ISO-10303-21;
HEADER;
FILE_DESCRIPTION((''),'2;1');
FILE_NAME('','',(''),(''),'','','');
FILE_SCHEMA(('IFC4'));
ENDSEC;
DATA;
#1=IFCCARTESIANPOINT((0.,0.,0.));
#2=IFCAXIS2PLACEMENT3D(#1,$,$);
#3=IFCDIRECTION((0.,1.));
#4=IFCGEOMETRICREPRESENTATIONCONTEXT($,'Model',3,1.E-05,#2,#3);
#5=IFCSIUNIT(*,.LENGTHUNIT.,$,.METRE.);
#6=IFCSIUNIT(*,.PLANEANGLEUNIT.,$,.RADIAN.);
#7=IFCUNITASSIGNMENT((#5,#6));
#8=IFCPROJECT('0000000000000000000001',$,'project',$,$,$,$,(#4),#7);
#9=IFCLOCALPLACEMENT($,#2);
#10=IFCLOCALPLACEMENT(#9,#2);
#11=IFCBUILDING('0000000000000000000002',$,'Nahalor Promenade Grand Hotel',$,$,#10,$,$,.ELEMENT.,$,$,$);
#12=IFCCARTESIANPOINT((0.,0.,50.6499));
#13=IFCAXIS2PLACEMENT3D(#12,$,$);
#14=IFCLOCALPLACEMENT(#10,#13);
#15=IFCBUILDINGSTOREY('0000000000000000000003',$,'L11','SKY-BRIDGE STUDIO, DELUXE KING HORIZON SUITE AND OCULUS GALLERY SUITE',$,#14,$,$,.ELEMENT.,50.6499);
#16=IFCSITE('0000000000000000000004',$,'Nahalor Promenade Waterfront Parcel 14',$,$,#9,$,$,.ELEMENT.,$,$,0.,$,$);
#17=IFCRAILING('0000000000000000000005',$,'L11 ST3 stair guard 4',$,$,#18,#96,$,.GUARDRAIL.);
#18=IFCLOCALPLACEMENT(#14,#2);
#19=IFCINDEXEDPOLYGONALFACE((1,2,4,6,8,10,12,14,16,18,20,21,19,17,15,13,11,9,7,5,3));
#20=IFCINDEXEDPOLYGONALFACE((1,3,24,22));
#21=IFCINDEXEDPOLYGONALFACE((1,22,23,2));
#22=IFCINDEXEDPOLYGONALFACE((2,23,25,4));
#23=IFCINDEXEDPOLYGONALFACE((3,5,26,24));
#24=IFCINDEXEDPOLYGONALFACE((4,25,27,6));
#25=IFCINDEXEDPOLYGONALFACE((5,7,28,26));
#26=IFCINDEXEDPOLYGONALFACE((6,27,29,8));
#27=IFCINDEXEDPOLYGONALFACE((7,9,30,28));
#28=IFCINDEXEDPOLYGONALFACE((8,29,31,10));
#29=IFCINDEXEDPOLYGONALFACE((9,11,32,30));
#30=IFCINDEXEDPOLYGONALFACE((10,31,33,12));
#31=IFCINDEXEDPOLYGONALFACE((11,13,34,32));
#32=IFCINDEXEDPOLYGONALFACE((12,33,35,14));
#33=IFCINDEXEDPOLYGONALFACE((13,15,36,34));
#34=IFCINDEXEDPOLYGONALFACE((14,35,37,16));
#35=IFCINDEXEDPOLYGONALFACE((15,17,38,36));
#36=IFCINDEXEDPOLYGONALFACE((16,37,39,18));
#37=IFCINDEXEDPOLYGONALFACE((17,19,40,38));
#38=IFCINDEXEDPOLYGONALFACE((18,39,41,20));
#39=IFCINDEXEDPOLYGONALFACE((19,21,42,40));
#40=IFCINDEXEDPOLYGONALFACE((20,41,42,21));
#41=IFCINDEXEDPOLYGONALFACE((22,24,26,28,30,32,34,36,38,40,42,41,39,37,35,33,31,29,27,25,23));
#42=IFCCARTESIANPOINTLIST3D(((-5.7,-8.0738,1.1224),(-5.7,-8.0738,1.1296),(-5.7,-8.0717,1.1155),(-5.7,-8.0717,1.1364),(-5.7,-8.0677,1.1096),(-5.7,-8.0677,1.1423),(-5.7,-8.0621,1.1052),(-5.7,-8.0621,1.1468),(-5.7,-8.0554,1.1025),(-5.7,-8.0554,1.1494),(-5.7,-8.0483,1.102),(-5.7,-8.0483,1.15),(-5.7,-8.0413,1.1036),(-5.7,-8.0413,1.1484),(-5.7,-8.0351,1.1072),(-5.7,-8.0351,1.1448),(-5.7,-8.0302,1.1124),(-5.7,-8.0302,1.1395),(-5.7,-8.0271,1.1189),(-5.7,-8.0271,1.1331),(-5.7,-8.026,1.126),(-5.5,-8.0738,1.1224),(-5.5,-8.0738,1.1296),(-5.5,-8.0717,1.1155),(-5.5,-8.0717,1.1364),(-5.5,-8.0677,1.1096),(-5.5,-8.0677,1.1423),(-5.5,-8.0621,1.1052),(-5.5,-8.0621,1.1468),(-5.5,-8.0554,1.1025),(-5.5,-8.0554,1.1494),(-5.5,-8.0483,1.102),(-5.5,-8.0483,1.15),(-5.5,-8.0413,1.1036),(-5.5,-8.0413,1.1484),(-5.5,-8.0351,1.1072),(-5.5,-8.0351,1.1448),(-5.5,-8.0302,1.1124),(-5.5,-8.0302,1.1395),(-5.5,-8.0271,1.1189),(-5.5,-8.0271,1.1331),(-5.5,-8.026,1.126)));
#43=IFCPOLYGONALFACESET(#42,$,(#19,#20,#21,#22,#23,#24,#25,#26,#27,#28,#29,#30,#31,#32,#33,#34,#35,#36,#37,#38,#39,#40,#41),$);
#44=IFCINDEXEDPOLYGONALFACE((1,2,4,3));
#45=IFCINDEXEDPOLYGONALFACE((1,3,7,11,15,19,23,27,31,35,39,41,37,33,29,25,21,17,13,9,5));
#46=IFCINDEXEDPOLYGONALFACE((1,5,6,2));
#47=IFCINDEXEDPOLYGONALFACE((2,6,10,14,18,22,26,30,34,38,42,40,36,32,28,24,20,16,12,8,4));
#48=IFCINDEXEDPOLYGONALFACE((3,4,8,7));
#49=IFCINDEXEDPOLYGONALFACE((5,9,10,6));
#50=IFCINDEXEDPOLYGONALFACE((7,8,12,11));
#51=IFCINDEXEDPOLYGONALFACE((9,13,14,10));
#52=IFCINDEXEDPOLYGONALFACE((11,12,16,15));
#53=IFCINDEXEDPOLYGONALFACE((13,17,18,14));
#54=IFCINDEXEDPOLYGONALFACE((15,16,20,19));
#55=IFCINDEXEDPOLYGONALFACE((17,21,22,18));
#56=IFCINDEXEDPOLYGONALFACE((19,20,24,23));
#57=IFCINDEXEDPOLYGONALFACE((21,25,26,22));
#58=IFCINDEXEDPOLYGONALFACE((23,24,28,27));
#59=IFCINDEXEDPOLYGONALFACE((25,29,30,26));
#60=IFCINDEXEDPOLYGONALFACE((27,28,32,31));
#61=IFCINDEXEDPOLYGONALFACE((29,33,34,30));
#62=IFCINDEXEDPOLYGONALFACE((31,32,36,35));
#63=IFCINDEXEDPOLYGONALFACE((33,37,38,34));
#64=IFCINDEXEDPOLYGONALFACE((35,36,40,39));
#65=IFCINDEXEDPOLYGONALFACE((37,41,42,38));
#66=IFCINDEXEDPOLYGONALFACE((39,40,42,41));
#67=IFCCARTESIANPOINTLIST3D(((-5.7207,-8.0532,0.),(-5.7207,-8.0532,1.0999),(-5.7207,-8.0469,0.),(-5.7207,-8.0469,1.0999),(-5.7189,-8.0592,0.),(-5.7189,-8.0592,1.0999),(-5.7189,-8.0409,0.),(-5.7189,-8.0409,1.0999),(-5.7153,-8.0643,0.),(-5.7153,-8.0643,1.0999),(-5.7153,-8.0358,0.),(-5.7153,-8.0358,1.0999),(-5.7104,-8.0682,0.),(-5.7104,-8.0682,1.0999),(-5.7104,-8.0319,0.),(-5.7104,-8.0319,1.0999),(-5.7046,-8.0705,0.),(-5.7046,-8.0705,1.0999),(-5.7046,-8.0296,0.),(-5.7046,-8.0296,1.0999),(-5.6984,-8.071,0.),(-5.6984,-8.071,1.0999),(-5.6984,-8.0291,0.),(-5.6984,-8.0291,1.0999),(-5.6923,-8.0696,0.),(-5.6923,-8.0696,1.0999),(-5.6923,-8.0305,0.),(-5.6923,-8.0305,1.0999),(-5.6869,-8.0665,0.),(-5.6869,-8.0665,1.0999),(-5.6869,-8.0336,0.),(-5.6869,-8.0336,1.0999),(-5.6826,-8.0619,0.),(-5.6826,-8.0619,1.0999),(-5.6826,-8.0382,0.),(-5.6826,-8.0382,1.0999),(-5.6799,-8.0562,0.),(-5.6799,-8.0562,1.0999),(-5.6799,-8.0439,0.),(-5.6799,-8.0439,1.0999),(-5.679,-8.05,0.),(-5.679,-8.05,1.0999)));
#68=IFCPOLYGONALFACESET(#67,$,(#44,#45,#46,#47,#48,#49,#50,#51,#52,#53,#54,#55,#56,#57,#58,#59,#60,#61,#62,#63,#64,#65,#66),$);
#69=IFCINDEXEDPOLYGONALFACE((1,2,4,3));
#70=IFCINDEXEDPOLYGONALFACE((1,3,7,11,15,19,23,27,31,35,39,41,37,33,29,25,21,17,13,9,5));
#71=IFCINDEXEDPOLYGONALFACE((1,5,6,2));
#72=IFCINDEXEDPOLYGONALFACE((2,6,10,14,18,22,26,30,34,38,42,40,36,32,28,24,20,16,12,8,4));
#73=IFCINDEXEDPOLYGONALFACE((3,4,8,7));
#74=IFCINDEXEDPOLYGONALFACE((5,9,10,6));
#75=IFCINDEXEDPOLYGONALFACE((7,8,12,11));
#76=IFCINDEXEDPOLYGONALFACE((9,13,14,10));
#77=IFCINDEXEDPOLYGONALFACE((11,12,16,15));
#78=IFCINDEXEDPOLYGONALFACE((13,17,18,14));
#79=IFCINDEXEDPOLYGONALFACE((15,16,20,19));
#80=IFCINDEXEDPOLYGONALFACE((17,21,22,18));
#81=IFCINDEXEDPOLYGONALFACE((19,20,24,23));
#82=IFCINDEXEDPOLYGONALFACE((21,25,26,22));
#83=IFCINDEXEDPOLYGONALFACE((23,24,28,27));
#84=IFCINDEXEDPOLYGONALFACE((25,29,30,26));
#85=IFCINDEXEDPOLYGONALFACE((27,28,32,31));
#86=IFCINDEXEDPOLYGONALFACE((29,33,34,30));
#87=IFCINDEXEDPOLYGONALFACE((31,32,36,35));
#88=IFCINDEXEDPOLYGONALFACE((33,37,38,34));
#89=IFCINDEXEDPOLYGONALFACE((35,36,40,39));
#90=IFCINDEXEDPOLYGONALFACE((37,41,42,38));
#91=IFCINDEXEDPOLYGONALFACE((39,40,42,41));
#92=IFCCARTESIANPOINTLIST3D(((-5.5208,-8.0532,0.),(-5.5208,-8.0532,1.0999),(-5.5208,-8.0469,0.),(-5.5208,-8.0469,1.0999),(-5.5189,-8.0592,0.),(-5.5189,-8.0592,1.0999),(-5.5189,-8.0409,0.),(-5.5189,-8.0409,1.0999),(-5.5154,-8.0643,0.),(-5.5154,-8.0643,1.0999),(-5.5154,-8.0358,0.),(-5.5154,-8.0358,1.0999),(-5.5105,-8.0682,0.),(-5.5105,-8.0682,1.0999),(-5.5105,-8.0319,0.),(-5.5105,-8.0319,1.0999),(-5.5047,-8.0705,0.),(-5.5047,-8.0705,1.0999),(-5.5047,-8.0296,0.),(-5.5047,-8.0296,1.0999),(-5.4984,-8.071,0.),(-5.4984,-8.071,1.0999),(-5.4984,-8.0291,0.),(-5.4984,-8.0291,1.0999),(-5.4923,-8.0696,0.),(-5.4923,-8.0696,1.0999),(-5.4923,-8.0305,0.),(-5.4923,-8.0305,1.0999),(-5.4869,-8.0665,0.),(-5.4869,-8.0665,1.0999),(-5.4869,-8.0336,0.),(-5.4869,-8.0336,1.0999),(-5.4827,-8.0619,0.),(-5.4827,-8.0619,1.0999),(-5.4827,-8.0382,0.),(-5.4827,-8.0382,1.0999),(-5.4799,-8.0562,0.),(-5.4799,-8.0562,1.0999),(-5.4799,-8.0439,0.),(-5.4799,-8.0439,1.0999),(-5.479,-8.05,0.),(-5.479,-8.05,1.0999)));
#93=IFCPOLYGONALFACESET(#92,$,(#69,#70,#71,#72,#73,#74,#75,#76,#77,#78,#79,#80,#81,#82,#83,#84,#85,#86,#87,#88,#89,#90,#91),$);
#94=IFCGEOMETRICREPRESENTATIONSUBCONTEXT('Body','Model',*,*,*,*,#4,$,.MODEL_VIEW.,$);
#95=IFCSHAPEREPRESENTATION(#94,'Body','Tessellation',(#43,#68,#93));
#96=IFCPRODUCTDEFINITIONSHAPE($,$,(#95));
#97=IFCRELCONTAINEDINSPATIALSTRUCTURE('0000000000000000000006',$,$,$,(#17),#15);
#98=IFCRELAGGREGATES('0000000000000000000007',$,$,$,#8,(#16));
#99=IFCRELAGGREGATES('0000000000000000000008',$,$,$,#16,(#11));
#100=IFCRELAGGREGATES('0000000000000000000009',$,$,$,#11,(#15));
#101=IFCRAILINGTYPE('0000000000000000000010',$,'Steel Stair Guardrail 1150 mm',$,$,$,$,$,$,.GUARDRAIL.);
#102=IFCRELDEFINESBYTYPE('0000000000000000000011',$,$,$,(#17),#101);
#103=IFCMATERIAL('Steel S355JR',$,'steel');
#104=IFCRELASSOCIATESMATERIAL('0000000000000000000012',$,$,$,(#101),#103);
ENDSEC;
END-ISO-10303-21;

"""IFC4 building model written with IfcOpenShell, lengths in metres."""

from ifc_helpers import new_model, si_unit, direction, frame, origin, origin_2d, place, context, subcontext, project, spatial, circle, extrude, material, type_object, element, save


model = new_model("IFC4")

# Units and contexts
model_context = context("Model", 3, precision=1e-05, world=origin(), true_north=direction((0.0, 1.0)))
body_context = subcontext(model_context, "Body", "Model", "MODEL_VIEW")
ifc_project = project(units=[si_unit("LENGTHUNIT", "METRE"), si_unit("PLANEANGLEUNIT", "RADIAN")], contexts=[model_context])

# Site, building, storey
site_placement = place(None, origin())
site = spatial("IfcSite", under=ifc_project, at=site_placement, Name="Nahalor Promenade Waterfront Parcel 14", CompositionType="ELEMENT", RefElevation=0.0)
building_placement = place(site_placement, origin())
building = spatial("IfcBuilding", under=site, at=building_placement, Name="Nahalor Promenade Grand Hotel", CompositionType="ELEMENT")
storey_placement = place(building_placement, frame((0.0, 0.0, 50.6499)))
storey = spatial("IfcBuildingStorey", under=building, at=storey_placement, Name="L11", Description="SKY-BRIDGE STUDIO, DELUXE KING HORIZON SUITE AND OCULUS GALLERY SUITE", CompositionType="ELEMENT", Elevation=50.6499)

# Shared definitions
ifc_material_1 = material(Name="Steel S355JR", Category="steel")

# Railing
railing_type_1 = type_object("IfcRailingType", Name="Steel Stair Guardrail 1150 mm", PredefinedType="GUARDRAIL", material=ifc_material_1)
railing_1_placement = place(storey_placement, frame((-5.7, -8.05, 0.0)))
element("IfcRailing", 1, at=railing_1_placement, inside=storey, type_object=railing_type_1, Name="L11 ST3 stair guard 4", PredefinedType="GUARDRAIL", context=body_context, shape_type="SweptSolid", body=[
    extrude(circle(Radius=0.024, at=origin_2d()), frame((0.0, 0.0, 1.126), z_axis=(1.0, 0.0, 0.0), x_axis=(0.0, 1.0, 0.0)), (0.0, 0.0, 1.0), 0.2),
    extrude(circle(Radius=0.021, at=origin_2d()), origin(), (0.0, 0.0, 1.0), 1.0999),
    extrude(circle(Radius=0.021, at=origin_2d()), frame((0.2, 0.0, 0.0)), (0.0, 0.0, 1.0), 1.0999),
])

save(model, "model.ifc")
